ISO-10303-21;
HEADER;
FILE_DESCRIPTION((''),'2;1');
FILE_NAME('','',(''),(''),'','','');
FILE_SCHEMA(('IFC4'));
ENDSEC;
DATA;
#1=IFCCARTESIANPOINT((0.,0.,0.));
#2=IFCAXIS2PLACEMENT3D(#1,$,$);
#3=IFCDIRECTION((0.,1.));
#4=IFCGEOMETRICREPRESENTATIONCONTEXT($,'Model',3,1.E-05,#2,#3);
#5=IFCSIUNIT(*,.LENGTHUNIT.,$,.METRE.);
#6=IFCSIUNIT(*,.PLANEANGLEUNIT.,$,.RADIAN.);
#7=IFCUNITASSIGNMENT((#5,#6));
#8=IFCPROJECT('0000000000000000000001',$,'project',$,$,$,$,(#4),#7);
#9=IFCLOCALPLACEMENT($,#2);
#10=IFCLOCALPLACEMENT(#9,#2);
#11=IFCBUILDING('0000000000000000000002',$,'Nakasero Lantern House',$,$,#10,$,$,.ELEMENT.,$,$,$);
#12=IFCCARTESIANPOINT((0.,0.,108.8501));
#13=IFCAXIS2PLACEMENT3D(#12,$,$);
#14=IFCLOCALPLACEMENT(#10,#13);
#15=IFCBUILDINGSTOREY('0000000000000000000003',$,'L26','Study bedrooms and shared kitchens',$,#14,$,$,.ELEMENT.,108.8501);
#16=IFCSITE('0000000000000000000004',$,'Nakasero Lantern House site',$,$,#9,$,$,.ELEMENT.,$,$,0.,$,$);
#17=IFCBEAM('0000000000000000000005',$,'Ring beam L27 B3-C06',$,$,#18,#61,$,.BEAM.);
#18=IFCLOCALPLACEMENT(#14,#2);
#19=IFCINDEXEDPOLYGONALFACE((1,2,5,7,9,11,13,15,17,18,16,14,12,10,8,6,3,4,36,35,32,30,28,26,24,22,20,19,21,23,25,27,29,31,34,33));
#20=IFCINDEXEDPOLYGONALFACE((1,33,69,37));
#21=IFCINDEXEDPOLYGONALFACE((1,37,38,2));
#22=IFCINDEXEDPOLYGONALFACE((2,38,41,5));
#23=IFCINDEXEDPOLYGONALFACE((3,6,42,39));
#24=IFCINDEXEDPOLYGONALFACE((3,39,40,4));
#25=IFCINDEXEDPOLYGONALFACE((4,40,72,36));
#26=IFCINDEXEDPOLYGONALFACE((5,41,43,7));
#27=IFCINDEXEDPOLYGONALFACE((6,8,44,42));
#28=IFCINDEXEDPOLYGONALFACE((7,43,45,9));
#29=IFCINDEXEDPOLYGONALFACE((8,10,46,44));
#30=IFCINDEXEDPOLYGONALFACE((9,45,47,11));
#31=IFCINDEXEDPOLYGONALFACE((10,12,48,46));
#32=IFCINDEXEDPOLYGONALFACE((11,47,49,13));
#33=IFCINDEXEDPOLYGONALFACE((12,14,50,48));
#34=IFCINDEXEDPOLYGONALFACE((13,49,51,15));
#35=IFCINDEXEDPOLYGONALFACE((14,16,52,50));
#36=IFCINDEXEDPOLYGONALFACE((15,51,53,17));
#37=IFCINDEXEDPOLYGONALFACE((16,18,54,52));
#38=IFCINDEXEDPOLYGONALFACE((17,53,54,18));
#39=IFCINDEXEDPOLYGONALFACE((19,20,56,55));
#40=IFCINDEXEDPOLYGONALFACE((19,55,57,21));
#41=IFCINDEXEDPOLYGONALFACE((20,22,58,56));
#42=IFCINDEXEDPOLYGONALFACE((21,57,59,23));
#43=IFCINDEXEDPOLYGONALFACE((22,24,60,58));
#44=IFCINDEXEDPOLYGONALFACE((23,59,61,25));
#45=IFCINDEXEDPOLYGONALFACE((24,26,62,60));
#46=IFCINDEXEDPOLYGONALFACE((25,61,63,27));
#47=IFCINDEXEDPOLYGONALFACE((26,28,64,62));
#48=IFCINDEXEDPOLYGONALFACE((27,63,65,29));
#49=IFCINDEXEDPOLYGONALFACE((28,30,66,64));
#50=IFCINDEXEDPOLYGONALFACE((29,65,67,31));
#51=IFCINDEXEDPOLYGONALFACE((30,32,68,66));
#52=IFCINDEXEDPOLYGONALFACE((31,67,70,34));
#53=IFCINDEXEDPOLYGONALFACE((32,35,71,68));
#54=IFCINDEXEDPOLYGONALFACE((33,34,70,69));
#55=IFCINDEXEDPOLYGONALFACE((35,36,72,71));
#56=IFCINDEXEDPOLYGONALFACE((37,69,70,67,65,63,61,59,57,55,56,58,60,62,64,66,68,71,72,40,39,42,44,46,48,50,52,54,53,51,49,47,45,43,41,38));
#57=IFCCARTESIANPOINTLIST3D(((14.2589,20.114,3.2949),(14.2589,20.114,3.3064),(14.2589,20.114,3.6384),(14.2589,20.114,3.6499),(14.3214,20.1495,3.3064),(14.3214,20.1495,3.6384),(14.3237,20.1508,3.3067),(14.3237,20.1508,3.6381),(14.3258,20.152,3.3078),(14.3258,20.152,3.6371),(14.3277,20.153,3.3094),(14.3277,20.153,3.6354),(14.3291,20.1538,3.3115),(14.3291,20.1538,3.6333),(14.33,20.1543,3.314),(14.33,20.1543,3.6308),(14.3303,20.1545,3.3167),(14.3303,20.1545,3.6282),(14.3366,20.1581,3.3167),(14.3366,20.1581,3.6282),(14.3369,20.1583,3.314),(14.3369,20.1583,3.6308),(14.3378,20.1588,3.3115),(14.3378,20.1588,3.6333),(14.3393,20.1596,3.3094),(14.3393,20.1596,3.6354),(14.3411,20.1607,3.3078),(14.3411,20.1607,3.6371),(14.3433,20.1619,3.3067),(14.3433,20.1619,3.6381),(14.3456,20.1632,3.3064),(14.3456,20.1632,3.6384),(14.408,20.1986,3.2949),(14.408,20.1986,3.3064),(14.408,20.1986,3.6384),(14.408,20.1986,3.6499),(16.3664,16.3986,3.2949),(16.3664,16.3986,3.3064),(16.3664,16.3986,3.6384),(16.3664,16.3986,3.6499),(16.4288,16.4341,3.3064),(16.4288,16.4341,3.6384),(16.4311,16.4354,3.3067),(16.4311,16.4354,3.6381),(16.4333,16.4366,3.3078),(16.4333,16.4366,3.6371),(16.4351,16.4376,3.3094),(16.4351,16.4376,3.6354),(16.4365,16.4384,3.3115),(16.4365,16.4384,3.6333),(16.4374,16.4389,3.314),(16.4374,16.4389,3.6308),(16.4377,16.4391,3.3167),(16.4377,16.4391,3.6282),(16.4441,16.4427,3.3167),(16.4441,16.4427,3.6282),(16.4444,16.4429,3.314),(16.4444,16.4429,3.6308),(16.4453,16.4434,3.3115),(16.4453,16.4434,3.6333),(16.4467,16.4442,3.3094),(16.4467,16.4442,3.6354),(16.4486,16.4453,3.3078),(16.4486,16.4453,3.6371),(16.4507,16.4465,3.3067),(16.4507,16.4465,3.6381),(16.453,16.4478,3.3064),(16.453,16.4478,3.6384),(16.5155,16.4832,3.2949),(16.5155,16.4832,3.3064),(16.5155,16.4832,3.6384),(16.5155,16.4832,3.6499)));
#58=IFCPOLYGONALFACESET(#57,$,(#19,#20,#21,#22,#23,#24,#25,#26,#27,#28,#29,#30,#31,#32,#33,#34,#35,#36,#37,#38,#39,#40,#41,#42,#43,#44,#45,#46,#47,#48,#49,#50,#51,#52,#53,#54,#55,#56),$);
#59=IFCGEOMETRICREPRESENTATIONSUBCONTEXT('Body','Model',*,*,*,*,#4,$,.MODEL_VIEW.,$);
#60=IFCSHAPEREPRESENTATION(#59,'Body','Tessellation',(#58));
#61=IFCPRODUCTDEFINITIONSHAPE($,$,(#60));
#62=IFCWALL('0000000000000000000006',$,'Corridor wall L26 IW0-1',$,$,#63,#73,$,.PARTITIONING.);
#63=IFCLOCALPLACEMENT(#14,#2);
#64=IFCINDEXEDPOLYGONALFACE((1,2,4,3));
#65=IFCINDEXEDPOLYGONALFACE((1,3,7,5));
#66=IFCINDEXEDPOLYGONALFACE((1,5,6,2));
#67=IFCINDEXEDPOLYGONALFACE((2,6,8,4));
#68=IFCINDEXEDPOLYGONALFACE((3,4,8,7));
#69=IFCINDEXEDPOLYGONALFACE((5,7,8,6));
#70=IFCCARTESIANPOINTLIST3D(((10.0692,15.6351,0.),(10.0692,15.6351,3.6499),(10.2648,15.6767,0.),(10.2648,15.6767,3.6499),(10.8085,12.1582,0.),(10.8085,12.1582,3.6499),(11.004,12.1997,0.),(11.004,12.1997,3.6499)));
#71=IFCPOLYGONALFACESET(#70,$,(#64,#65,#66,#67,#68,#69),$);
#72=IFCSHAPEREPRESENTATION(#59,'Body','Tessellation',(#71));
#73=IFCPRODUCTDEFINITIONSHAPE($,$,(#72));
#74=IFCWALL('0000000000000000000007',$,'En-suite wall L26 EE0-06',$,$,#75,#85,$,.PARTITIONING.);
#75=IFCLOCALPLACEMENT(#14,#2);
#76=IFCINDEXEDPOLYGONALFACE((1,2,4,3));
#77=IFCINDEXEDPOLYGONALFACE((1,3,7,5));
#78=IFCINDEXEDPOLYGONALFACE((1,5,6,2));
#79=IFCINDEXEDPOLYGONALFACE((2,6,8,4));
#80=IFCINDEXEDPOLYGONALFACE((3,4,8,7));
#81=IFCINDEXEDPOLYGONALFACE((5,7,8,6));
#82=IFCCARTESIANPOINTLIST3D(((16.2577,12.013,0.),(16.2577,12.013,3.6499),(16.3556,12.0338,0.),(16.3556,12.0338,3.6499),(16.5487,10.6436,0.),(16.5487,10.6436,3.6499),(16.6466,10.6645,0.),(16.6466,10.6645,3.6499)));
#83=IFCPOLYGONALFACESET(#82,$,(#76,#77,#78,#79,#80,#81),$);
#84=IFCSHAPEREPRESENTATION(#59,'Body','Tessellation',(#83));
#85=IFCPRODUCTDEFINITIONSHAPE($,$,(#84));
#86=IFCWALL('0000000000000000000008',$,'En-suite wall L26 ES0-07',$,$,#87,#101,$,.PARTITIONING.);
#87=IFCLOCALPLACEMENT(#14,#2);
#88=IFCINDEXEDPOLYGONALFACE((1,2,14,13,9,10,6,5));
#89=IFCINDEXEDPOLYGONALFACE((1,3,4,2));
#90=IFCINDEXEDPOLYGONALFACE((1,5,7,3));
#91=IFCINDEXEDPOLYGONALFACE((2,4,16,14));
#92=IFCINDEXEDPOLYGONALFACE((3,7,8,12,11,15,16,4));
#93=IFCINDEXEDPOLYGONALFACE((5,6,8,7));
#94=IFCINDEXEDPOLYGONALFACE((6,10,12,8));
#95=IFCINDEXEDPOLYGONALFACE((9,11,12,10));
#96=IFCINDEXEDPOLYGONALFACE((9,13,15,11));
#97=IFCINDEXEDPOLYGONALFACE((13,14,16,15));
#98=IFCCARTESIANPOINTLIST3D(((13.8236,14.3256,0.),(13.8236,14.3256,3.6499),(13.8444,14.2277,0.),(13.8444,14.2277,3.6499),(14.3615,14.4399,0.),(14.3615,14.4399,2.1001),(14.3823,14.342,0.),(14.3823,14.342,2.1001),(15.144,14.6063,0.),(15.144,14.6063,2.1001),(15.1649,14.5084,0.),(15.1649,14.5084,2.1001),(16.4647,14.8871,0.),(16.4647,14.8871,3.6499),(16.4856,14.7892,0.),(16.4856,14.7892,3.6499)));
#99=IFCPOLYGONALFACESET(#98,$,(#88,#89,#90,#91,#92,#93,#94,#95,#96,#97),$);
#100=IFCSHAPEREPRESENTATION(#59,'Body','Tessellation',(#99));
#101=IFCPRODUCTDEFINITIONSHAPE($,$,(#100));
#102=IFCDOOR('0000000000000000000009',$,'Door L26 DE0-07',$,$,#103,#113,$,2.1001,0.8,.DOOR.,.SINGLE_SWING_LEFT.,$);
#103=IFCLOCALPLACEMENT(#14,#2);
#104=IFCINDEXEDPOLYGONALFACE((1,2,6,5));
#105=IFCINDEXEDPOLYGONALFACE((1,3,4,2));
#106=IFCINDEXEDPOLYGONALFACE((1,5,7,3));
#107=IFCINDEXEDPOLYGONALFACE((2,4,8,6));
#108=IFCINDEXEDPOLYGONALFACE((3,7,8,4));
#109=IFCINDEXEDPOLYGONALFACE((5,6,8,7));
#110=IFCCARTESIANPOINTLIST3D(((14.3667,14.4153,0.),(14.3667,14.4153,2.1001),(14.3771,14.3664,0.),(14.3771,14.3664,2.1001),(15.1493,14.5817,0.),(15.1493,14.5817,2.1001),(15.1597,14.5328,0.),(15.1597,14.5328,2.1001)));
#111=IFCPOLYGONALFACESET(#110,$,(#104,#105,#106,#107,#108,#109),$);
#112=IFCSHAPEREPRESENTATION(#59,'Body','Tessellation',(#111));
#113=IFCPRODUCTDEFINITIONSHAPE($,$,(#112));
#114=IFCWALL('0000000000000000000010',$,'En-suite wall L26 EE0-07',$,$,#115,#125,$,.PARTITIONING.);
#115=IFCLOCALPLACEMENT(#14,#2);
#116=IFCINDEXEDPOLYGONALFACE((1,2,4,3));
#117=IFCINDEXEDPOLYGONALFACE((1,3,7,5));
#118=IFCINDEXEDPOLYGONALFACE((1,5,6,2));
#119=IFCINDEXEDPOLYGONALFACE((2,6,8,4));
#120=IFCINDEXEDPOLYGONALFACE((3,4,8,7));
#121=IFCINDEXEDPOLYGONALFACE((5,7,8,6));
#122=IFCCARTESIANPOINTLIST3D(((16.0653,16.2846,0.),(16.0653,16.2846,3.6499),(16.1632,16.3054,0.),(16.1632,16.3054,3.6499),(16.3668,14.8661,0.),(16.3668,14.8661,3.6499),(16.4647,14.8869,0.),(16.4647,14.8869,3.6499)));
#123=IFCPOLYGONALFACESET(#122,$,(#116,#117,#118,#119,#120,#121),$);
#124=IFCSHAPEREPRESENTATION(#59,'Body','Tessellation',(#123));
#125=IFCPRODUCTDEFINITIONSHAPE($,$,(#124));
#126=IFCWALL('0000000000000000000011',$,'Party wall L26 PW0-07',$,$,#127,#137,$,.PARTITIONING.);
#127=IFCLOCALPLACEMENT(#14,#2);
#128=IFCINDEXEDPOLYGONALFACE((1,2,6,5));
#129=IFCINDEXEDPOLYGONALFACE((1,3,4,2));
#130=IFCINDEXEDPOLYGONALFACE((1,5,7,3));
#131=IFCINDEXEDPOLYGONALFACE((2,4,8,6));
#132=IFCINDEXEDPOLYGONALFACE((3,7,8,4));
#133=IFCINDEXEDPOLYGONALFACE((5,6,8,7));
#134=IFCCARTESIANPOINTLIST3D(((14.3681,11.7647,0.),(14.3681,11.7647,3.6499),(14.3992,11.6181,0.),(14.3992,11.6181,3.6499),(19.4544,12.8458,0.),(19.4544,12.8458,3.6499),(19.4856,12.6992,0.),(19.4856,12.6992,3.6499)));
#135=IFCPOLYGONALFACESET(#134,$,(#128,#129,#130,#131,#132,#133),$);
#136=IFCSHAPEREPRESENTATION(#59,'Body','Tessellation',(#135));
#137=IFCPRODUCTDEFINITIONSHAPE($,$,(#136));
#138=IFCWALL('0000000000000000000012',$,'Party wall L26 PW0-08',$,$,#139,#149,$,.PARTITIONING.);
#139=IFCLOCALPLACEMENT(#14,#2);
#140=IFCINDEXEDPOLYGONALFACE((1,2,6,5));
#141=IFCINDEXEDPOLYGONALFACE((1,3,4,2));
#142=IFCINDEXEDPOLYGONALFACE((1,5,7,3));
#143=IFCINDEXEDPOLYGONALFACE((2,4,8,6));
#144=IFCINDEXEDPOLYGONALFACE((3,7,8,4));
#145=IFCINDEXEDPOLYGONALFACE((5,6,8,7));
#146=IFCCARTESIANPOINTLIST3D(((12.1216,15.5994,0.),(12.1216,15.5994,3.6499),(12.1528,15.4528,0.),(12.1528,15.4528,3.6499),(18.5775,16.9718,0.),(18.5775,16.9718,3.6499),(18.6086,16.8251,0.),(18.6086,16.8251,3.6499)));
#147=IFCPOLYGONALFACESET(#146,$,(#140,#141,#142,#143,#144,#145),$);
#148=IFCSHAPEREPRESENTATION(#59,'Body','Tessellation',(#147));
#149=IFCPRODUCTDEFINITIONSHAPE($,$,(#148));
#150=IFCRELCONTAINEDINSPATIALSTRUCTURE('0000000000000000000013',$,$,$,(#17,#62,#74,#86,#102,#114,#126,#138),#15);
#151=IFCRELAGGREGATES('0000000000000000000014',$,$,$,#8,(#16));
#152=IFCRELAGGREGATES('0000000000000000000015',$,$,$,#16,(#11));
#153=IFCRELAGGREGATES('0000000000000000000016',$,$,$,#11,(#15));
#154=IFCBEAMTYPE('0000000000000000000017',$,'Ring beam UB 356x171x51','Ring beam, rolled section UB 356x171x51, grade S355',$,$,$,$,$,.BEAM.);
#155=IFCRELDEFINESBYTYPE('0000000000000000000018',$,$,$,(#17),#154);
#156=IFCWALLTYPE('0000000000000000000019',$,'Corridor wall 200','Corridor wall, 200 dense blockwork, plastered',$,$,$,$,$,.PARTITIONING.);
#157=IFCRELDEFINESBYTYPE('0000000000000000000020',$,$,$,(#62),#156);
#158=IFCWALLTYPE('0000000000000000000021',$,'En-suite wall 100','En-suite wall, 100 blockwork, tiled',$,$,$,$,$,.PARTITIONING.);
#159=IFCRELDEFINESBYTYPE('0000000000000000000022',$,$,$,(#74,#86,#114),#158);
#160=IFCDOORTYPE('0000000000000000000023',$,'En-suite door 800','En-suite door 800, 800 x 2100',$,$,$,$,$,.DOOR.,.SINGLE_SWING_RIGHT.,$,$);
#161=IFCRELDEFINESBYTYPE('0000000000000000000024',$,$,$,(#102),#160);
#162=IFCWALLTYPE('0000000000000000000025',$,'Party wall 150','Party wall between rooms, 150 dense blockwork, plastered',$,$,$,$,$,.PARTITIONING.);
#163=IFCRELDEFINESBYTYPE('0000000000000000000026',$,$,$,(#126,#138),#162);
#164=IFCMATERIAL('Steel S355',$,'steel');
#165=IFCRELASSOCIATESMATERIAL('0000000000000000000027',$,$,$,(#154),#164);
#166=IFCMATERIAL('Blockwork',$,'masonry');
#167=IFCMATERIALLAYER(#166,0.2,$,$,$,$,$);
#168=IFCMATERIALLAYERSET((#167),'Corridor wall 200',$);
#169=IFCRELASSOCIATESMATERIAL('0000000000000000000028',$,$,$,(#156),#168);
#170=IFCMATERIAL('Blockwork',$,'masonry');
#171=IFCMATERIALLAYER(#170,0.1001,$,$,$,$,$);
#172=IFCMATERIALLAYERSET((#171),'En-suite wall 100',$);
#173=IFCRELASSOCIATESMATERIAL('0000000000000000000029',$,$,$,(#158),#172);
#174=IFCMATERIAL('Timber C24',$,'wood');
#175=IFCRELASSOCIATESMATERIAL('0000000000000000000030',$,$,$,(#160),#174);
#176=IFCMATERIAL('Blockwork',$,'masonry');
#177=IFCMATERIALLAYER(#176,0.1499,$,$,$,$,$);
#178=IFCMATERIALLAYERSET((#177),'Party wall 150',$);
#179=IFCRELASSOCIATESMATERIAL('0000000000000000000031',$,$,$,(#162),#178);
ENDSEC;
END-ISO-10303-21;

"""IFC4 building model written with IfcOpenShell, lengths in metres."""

from ifc_helpers import new_model, si_unit, direction, frame, frame_2d, origin, origin_2d, place, context, subcontext, project, spatial, rectangle, i_section, extrude, material, layer, layer_set, material_profile, profile_set, type_object, element, fill, save


model = new_model("IFC4")

# Units and contexts
model_context = context("Model", 3, precision=1e-05, world=origin(), true_north=direction((0.0, 1.0)))
body_context = subcontext(model_context, "Body", "Model", "MODEL_VIEW")
ifc_project = project(units=[si_unit("LENGTHUNIT", "METRE"), si_unit("PLANEANGLEUNIT", "RADIAN")], contexts=[model_context])

# Site, building, storey
site_placement = place(None, origin())
site = spatial("IfcSite", under=ifc_project, at=site_placement, Name="Nakasero Lantern House site", CompositionType="ELEMENT", RefElevation=0.0)
building_placement = place(site_placement, origin())
building = spatial("IfcBuilding", under=site, at=building_placement, Name="Nakasero Lantern House", CompositionType="ELEMENT")
storey_placement = place(building_placement, frame((0.0, 0.0, 108.8501)))
storey = spatial("IfcBuildingStorey", under=building, at=storey_placement, Name="L26", Description="Study bedrooms and shared kitchens", CompositionType="ELEMENT", Elevation=108.8501)

# Beam
ifc_material_1 = material(Name="Steel S355", Category="steel")
ifc_material_profile_1 = material_profile(ifc_material_1, i_section(OverallWidth=0.1714, OverallDepth=0.355, WebThickness=0.0073, FlangeThickness=0.0115, FilletRadius=0.0103, at=origin_2d()), Name="UB 356x171x51")
ifc_profile_set_1 = profile_set([ifc_material_profile_1], Name="Steel S355")
beam_type_1 = type_object("IfcBeamType", Name="Ring beam UB 356x171x51", Description="Ring beam, rolled section UB 356x171x51, grade S355", PredefinedType="BEAM", material=ifc_profile_set_1)
beam_1_placement = place(storey_placement, frame((16.4409, 16.4409, 3.4724), z_axis=(-0.493379, 0.869815, 0.0), x_axis=(-0.869815, -0.493379, 0.0)))
element("IfcBeam", 1, at=beam_1_placement, inside=storey, type_object=beam_type_1, Name="Ring beam L27 B3-C06", PredefinedType="BEAM", context=body_context, shape_type="SweptSolid", body=[
    extrude(i_section(OverallWidth=0.1714, OverallDepth=0.355, WebThickness=0.0073, FlangeThickness=0.0115, FilletRadius=0.0103, at=origin_2d()), origin(), (0.0, 0.0, 1.0), 4.2715),
])

# Walls
ifc_material_2 = material(Name="Blockwork", Category="masonry")
ifc_layer_1 = layer(ifc_material_2, 0.2)
ifc_layer_set_1 = layer_set([ifc_layer_1], Name="Corridor wall 200")
wall_type_1 = type_object("IfcWallType", Name="Corridor wall 200", Description="Corridor wall, 200 dense blockwork, plastered", PredefinedType="PARTITIONING", material=ifc_layer_set_1)
wall_1_placement = place(storey_placement, frame((10.9062, 12.179, 0.0), z_axis=(0.0, 0.0, 1.0), x_axis=(-0.207962, 0.978137, 0.0)))
element("IfcWall", 2, at=wall_1_placement, inside=storey, type_object=wall_type_1, Name="Corridor wall L26 IW0-1", PredefinedType="PARTITIONING", context=body_context, shape_type="SweptSolid", body=[
    extrude(rectangle(XDim=3.5547, YDim=0.2, at=frame_2d((1.7773, 0.0))), origin(), (0.0, 0.0, 1.0), 3.6499),
])
ifc_material_3 = material(Name="Blockwork", Category="masonry")
ifc_layer_2 = layer(ifc_material_3, 0.1001)
ifc_layer_set_2 = layer_set([ifc_layer_2], Name="En-suite wall 100")
wall_type_2 = type_object("IfcWallType", Name="En-suite wall 100", Description="En-suite wall, 100 blockwork, tiled", PredefinedType="PARTITIONING", material=ifc_layer_set_2)
wall_2_placement = place(storey_placement, frame((16.5977, 10.6541, 0.0), z_axis=(0.0, 0.0, 1.0), x_axis=(-0.207873, 0.978156, 0.0)))
element("IfcWall", 3, at=wall_2_placement, inside=storey, type_object=wall_type_2, Name="En-suite wall L26 EE0-06", PredefinedType="PARTITIONING", context=body_context, shape_type="SweptSolid", body=[
    extrude(rectangle(XDim=1.3999, YDim=0.1001, at=frame_2d((0.7, 0.0))), origin(), (0.0, 0.0, 1.0), 3.6499),
])

# Wall, opening, door
wall_3_placement = place(storey_placement, frame((13.834, 14.2766, 0.0), z_axis=(0.0, 0.0, 1.0), x_axis=(0.978137, 0.20796, 0.0)))
wall_3 = element("IfcWall", 4, at=wall_3_placement, inside=storey, type_object=wall_type_2, Name="En-suite wall L26 ES0-07", PredefinedType="PARTITIONING", context=body_context, shape_type="SweptSolid", body=[
    extrude(rectangle(XDim=2.7002, YDim=0.1001, at=frame_2d((1.3501, 0.0))), origin(), (0.0, 0.0, 1.0), 3.6499),
])
opening_placement = place(wall_3_placement, frame((0.55, 0.0, 0.0)))
opening = element("IfcOpeningElement", 5, at=opening_placement, cuts=wall_3, PredefinedType="OPENING", context=body_context, shape_type="SweptSolid", body=[
    extrude(rectangle(XDim=0.8, YDim=2.1001, at=frame_2d((0.3999, 1.05))), frame((0.0, 0.0701, 0.0), z_axis=(0.0, -1.0, 0.0), x_axis=(1.0, 0.0, 0.0)), (0.0, 0.0, 1.0), 0.1401),
])
ifc_material_4 = material(Name="Timber C24", Category="wood")
door_type = type_object("IfcDoorType", Name="En-suite door 800", Description="En-suite door 800, 800 x 2100", OperationType="SINGLE_SWING_RIGHT", PredefinedType="DOOR", material=ifc_material_4)
door_placement = place(opening_placement, origin())
door = element("IfcDoor", 6, at=door_placement, inside=storey, type_object=door_type, Name="Door L26 DE0-07", OperationType="SINGLE_SWING_LEFT", OverallHeight=2.1001, OverallWidth=0.8, PredefinedType="DOOR", context=body_context, shape_type="SweptSolid", body=[
    extrude(rectangle(XDim=0.8, YDim=2.1001, at=frame_2d((0.3999, 1.05))), frame((0.0, 0.0249, 0.0), z_axis=(0.0, -1.0, 0.0), x_axis=(1.0, 0.0, 0.0)), (0.0, 0.0, 1.0), 0.05),
])
fill(opening, door)

# Walls
wall_4_placement = place(storey_placement, frame((16.4158, 14.8765, 0.0), z_axis=(0.0, 0.0, 1.0), x_axis=(-0.207919, 0.978146, 0.0)))
element("IfcWall", 7, at=wall_4_placement, inside=storey, type_object=wall_type_2, Name="En-suite wall L26 EE0-07", PredefinedType="PARTITIONING", context=body_context, shape_type="SweptSolid", body=[
    extrude(rectangle(XDim=1.4502, YDim=0.1001, at=frame_2d((0.7251, 0.0))), origin(), (0.0, 0.0, 1.0), 3.6499),
])
ifc_material_5 = material(Name="Blockwork", Category="masonry")
ifc_layer_3 = layer(ifc_material_5, 0.1499)
ifc_layer_set_3 = layer_set([ifc_layer_3], Name="Party wall 150")
wall_type_3 = type_object("IfcWallType", Name="Party wall 150", Description="Party wall between rooms, 150 dense blockwork, plastered", PredefinedType="PARTITIONING", material=ifc_layer_set_3)
wall_5_placement = place(storey_placement, frame((14.3835, 11.6914, 0.0), z_axis=(0.0, 0.0, 1.0), x_axis=(0.978151, 0.207894, 0.0)))
element("IfcWall", 8, at=wall_5_placement, inside=storey, type_object=wall_type_3, Name="Party wall L26 PW0-07", PredefinedType="PARTITIONING", context=body_context, shape_type="SweptSolid", body=[
    extrude(rectangle(XDim=5.2, YDim=0.1499, at=frame_2d((2.6001, 0.0))), origin(), (0.0, 0.0, 1.0), 3.6499),
])
wall_6_placement = place(storey_placement, frame((12.1372, 15.5261, 0.0), z_axis=(0.0, 0.0, 1.0), x_axis=(0.978145, 0.207925, 0.0)))
element("IfcWall", 9, at=wall_6_placement, inside=storey, type_object=wall_type_3, Name="Party wall L26 PW0-08", PredefinedType="PARTITIONING", context=body_context, shape_type="SweptSolid", body=[
    extrude(rectangle(XDim=6.6001, YDim=0.1499, at=frame_2d((3.3, 0.0))), origin(), (0.0, 0.0, 1.0), 3.6499),
])

save(model, "model.ifc")
